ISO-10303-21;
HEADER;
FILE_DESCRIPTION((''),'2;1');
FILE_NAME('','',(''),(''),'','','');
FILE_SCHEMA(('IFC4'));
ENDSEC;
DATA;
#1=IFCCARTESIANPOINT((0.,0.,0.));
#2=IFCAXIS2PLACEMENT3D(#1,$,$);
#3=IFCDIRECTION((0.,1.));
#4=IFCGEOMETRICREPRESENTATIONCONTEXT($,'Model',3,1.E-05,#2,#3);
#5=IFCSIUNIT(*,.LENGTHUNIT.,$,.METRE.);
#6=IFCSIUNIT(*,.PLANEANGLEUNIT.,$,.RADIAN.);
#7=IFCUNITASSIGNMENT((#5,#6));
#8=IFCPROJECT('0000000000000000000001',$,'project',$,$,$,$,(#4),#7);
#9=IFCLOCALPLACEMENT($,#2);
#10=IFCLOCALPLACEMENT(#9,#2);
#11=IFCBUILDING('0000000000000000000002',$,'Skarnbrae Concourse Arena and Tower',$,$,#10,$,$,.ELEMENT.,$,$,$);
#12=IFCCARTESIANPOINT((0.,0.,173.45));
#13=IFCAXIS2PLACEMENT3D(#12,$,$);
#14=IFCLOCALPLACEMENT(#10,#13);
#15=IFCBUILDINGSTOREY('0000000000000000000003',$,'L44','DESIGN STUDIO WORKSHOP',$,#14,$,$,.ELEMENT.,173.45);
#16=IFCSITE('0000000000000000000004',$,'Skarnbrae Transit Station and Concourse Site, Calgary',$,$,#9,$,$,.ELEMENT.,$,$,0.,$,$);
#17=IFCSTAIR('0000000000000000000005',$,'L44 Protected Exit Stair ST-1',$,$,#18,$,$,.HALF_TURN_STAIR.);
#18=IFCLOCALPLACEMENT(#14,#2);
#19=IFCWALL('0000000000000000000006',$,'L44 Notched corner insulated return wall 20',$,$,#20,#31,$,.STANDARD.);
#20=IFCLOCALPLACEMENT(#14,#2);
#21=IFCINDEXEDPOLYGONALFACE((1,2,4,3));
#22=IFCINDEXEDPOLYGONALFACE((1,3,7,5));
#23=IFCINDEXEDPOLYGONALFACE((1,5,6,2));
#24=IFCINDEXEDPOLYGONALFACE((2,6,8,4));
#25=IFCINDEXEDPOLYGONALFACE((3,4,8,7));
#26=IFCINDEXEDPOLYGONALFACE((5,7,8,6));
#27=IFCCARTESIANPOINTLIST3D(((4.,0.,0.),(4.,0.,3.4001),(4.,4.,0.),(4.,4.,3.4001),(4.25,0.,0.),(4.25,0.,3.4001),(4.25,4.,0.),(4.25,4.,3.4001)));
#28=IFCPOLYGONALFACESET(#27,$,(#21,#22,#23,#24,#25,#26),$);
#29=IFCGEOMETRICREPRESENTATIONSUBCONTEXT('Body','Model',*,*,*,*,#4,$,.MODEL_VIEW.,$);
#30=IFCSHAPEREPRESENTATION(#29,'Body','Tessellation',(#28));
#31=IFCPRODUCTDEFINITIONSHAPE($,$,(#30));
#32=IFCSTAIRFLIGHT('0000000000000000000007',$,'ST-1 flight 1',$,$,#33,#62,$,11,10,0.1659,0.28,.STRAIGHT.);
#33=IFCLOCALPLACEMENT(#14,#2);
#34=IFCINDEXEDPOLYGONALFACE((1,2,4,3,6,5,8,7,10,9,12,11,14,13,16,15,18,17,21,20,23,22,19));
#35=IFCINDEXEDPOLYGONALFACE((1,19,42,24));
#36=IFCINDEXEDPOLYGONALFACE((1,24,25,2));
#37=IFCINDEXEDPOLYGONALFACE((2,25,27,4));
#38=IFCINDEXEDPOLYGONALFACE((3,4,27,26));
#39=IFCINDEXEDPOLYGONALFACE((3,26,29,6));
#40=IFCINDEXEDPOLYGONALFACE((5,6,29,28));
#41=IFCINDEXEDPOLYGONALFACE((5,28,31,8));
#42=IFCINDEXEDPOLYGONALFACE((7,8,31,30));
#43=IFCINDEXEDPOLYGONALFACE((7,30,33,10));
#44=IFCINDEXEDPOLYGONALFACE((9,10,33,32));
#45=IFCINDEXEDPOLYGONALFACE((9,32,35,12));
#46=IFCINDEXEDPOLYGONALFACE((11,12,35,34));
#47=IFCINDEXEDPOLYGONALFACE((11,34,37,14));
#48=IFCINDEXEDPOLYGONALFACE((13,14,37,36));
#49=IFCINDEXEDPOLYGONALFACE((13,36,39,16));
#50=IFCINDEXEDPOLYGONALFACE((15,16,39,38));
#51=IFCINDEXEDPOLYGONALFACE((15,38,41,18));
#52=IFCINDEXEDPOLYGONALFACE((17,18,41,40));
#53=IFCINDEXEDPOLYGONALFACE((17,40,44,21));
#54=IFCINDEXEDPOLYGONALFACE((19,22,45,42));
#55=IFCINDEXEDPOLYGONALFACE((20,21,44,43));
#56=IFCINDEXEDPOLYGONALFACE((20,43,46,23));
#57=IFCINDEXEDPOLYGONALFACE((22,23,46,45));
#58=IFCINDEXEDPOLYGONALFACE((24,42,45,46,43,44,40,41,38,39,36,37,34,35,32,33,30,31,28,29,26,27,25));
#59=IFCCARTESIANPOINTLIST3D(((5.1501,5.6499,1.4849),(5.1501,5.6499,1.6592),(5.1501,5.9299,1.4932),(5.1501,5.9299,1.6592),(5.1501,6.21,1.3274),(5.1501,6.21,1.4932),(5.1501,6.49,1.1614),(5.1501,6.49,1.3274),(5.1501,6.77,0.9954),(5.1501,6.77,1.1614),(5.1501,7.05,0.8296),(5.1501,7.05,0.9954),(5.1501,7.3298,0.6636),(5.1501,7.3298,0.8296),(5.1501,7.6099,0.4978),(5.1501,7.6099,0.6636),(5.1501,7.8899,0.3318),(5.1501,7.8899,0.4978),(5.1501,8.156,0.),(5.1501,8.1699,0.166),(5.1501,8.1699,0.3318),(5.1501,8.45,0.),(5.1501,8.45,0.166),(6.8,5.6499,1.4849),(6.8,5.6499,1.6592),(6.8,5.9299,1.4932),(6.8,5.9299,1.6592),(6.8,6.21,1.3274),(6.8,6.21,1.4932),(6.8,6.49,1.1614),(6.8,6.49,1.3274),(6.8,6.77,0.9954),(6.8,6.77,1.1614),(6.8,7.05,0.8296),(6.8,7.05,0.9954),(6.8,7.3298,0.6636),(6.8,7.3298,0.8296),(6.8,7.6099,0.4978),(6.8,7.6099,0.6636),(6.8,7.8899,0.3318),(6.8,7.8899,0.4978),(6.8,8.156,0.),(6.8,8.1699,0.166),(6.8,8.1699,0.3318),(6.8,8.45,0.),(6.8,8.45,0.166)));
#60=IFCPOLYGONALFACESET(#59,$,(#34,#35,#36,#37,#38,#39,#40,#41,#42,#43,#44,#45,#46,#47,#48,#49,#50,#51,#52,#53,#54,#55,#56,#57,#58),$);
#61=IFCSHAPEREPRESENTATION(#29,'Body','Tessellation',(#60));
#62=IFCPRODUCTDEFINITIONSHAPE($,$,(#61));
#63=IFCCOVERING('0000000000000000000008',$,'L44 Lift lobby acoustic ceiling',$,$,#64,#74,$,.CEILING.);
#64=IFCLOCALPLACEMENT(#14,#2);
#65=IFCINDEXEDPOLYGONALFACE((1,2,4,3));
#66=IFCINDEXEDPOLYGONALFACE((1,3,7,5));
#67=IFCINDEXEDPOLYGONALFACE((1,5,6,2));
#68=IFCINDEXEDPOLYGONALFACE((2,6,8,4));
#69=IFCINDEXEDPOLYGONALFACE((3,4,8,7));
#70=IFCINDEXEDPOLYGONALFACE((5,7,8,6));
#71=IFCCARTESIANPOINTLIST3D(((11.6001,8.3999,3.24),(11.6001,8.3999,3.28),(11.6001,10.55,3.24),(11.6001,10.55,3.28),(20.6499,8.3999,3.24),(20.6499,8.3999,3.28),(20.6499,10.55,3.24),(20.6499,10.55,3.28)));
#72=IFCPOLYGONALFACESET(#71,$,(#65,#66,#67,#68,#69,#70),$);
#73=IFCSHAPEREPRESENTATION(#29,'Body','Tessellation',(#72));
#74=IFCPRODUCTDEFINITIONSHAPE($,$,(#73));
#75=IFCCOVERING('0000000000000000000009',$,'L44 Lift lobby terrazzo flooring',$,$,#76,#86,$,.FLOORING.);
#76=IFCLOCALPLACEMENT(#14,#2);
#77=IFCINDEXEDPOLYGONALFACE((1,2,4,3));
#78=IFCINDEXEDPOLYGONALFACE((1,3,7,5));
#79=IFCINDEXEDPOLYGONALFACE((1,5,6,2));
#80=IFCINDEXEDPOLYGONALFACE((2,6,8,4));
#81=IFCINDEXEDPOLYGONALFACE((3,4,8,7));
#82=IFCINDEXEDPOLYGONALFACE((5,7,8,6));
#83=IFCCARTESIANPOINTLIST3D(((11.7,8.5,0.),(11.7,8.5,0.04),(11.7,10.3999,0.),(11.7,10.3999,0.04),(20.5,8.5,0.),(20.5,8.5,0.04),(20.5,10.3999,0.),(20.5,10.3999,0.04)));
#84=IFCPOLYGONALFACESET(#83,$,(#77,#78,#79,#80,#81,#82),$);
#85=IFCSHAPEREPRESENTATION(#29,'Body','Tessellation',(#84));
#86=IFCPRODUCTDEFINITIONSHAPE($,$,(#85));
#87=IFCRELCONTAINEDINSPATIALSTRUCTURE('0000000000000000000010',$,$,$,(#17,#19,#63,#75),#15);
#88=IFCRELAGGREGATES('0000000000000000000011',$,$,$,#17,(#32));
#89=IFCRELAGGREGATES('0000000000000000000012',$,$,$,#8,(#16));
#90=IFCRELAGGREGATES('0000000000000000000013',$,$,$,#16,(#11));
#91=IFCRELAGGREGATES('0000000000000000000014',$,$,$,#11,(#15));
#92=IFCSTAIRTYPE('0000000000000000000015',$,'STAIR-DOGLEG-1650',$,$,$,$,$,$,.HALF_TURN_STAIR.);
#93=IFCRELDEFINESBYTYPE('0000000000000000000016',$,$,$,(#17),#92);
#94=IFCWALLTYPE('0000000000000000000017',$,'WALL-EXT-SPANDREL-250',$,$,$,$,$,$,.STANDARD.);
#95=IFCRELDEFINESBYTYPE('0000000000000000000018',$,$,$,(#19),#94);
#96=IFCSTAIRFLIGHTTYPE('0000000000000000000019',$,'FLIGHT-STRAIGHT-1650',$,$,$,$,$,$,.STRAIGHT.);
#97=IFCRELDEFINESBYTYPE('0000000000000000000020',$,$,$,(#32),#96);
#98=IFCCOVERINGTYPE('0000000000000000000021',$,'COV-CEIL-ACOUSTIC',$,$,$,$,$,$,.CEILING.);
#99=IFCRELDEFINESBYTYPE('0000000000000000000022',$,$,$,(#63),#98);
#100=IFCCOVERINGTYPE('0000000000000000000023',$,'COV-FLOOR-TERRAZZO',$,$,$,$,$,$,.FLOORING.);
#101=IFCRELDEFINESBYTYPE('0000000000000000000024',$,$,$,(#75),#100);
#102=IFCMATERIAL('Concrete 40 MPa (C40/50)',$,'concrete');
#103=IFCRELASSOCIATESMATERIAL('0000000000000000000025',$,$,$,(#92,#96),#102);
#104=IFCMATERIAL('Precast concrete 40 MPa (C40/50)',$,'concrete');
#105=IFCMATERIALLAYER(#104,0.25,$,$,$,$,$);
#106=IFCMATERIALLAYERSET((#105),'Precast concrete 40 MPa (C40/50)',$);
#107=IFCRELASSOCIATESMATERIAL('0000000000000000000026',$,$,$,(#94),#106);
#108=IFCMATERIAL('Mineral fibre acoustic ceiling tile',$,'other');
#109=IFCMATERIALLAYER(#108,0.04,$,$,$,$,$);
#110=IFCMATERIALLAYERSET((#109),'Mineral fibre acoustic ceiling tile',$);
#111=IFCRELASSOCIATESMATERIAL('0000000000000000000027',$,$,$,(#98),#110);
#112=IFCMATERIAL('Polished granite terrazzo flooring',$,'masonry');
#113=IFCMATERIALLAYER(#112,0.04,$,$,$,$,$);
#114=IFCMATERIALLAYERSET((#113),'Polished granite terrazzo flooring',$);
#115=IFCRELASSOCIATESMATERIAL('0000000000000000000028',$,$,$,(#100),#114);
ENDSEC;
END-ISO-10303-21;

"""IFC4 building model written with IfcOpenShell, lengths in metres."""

from ifc_helpers import new_model, si_unit, direction, frame, frame_2d, origin, place, context, subcontext, project, spatial, polyline, rectangle, outline, extrude, source, transform, mapped, material, layer, layer_set, type_object, element, aggregate, save


model = new_model("IFC4")

# Units and contexts
model_context = context("Model", 3, precision=1e-05, world=origin(), true_north=direction((0.0, 1.0)))
body_context = subcontext(model_context, "Body", "Model", "MODEL_VIEW")
ifc_project = project(units=[si_unit("LENGTHUNIT", "METRE"), si_unit("PLANEANGLEUNIT", "RADIAN")], contexts=[model_context])

# Site, building, storey
site_placement = place(None, origin())
site = spatial("IfcSite", under=ifc_project, at=site_placement, Name="Skarnbrae Transit Station and Concourse Site, Calgary", CompositionType="ELEMENT", RefElevation=0.0)
building_placement = place(site_placement, origin())
building = spatial("IfcBuilding", under=site, at=building_placement, Name="Skarnbrae Concourse Arena and Tower", CompositionType="ELEMENT")
storey_placement = place(building_placement, frame((0.0, 0.0, 173.45)))
storey = spatial("IfcBuildingStorey", under=building, at=storey_placement, Name="L44", Description="DESIGN STUDIO WORKSHOP", CompositionType="ELEMENT", Elevation=173.45)

# Stair
ifc_material_1 = material(Name="Concrete 40 MPa (C40/50)", Category="concrete")
stair_type = type_object("IfcStairType", Name="STAIR-DOGLEG-1650", PredefinedType="HALF_TURN_STAIR", material=ifc_material_1)
stair_1_placement = place(storey_placement, origin())
stair_1 = element("IfcStair", 1, at=stair_1_placement, inside=storey, type_object=stair_type, Name="L44 Protected Exit Stair ST-1", PredefinedType="HALF_TURN_STAIR")

# Wall
ifc_material_2 = material(Name="Precast concrete 40 MPa (C40/50)", Category="concrete")
ifc_layer_1 = layer(ifc_material_2, 0.25)
ifc_layer_set_1 = layer_set([ifc_layer_1], Name="Precast concrete 40 MPa (C40/50)")
wall_type_1 = type_object("IfcWallType", Name="WALL-EXT-SPANDREL-250", PredefinedType="STANDARD", material=ifc_layer_set_1)
shared_shape_1 = source(origin(), body_context, "Body", "SweptSolid", [
    extrude(rectangle(XDim=4.0, YDim=0.25, at=frame_2d((2.0, 0.0))), origin(), (0.0, 0.0, 1.0), 3.4001),
])
for number, where, z_axis, x_axis, name in (
    (2, (4.125, 4.0, 0.0), (0.0, 0.0, 1.0), (0.0, -1.0, 0.0), "L44 Notched corner insulated return wall 20"),
):
    element("IfcWall", number, at=place(storey_placement, frame(where, z_axis=z_axis, x_axis=x_axis)), inside=storey, type_object=wall_type_1, Name=name, PredefinedType="STANDARD", context=body_context, shape_type="MappedRepresentation", body=[
        mapped(shared_shape_1, transform((0.0, 0.0, 0.0))),
    ])

# Stair flight
stair_flight_type = type_object("IfcStairFlightType", Name="FLIGHT-STRAIGHT-1650", PredefinedType="STRAIGHT", material=ifc_material_1)
shared_shape_2 = source(origin(), body_context, "Body", "SweptSolid", [
    extrude(outline(polyline([(0.0, 0.0), (0.0, 0.166), (0.28, 0.166), (0.28, 0.3318), (0.5601, 0.3318), (0.5601, 0.4978), (0.8401, 0.4978), (0.8401, 0.6636), (1.1201, 0.6636), (1.1201, 0.8296), (1.3999, 0.8296), (1.3999, 0.9954), (1.6799, 0.9954), (1.6799, 1.1614), (1.96, 1.1614), (1.96, 1.3274), (2.24, 1.3274), (2.24, 1.4932), (2.52, 1.4932), (2.52, 1.6592), (2.8, 1.6592), (2.8, 1.825), (2.8, 1.4849), (0.2939, 0.0), (0.0, 0.0)])), frame((0.0, 0.825, 0.0), z_axis=(0.0, -1.0, 0.0), x_axis=(1.0, 0.0, 0.0)), (0.0, 0.0, 1.0), 1.6499),
])
stair_flight_placement = place(storey_placement, frame((5.9751, 8.45, 0.0), z_axis=(0.0, 0.0, 1.0), x_axis=(0.0, -1.0, 0.0)))
stair_flight = element("IfcStairFlight", 3, at=stair_flight_placement, type_object=stair_flight_type, Name="ST-1 flight 1", NumberOfRisers=11, NumberOfTreads=10, PredefinedType="STRAIGHT", RiserHeight=0.1659, TreadLength=0.28, context=body_context, shape_type="MappedRepresentation", body=[
    mapped(shared_shape_2, transform((0.0, 0.0, 0.0))),
])
aggregate(stair_1, [stair_flight])

# Coverings
ifc_material_3 = material(Name="Mineral fibre acoustic ceiling tile", Category="other")
ifc_layer_2 = layer(ifc_material_3, 0.04)
ifc_layer_set_2 = layer_set([ifc_layer_2], Name="Mineral fibre acoustic ceiling tile")
covering_type_1 = type_object("IfcCoveringType", Name="COV-CEIL-ACOUSTIC", PredefinedType="CEILING", material=ifc_layer_set_2)
covering_1_placement = place(storey_placement, frame((0.0, 0.0, 3.24)))
element("IfcCovering", 4, at=covering_1_placement, inside=storey, type_object=covering_type_1, Name="L44 Lift lobby acoustic ceiling", PredefinedType="CEILING", context=body_context, shape_type="SweptSolid", body=[
    extrude(outline(polyline([(11.6001, 8.3999), (20.6499, 8.3999), (20.6499, 10.55), (11.6001, 10.55), (11.6001, 8.3999)])), origin(), (0.0, 0.0, 1.0), 0.04),
])
ifc_material_4 = material(Name="Polished granite terrazzo flooring", Category="masonry")
ifc_layer_3 = layer(ifc_material_4, 0.04)
ifc_layer_set_3 = layer_set([ifc_layer_3], Name="Polished granite terrazzo flooring")
covering_type_2 = type_object("IfcCoveringType", Name="COV-FLOOR-TERRAZZO", PredefinedType="FLOORING", material=ifc_layer_set_3)
covering_2_placement = place(storey_placement, origin())
element("IfcCovering", 5, at=covering_2_placement, inside=storey, type_object=covering_type_2, Name="L44 Lift lobby terrazzo flooring", PredefinedType="FLOORING", context=body_context, shape_type="SweptSolid", body=[
    extrude(outline(polyline([(11.7, 8.5), (20.5, 8.5), (20.5, 10.3999), (11.7, 10.3999), (11.7, 8.5)])), origin(), (0.0, 0.0, 1.0), 0.04),
])

save(model, "model.ifc")
